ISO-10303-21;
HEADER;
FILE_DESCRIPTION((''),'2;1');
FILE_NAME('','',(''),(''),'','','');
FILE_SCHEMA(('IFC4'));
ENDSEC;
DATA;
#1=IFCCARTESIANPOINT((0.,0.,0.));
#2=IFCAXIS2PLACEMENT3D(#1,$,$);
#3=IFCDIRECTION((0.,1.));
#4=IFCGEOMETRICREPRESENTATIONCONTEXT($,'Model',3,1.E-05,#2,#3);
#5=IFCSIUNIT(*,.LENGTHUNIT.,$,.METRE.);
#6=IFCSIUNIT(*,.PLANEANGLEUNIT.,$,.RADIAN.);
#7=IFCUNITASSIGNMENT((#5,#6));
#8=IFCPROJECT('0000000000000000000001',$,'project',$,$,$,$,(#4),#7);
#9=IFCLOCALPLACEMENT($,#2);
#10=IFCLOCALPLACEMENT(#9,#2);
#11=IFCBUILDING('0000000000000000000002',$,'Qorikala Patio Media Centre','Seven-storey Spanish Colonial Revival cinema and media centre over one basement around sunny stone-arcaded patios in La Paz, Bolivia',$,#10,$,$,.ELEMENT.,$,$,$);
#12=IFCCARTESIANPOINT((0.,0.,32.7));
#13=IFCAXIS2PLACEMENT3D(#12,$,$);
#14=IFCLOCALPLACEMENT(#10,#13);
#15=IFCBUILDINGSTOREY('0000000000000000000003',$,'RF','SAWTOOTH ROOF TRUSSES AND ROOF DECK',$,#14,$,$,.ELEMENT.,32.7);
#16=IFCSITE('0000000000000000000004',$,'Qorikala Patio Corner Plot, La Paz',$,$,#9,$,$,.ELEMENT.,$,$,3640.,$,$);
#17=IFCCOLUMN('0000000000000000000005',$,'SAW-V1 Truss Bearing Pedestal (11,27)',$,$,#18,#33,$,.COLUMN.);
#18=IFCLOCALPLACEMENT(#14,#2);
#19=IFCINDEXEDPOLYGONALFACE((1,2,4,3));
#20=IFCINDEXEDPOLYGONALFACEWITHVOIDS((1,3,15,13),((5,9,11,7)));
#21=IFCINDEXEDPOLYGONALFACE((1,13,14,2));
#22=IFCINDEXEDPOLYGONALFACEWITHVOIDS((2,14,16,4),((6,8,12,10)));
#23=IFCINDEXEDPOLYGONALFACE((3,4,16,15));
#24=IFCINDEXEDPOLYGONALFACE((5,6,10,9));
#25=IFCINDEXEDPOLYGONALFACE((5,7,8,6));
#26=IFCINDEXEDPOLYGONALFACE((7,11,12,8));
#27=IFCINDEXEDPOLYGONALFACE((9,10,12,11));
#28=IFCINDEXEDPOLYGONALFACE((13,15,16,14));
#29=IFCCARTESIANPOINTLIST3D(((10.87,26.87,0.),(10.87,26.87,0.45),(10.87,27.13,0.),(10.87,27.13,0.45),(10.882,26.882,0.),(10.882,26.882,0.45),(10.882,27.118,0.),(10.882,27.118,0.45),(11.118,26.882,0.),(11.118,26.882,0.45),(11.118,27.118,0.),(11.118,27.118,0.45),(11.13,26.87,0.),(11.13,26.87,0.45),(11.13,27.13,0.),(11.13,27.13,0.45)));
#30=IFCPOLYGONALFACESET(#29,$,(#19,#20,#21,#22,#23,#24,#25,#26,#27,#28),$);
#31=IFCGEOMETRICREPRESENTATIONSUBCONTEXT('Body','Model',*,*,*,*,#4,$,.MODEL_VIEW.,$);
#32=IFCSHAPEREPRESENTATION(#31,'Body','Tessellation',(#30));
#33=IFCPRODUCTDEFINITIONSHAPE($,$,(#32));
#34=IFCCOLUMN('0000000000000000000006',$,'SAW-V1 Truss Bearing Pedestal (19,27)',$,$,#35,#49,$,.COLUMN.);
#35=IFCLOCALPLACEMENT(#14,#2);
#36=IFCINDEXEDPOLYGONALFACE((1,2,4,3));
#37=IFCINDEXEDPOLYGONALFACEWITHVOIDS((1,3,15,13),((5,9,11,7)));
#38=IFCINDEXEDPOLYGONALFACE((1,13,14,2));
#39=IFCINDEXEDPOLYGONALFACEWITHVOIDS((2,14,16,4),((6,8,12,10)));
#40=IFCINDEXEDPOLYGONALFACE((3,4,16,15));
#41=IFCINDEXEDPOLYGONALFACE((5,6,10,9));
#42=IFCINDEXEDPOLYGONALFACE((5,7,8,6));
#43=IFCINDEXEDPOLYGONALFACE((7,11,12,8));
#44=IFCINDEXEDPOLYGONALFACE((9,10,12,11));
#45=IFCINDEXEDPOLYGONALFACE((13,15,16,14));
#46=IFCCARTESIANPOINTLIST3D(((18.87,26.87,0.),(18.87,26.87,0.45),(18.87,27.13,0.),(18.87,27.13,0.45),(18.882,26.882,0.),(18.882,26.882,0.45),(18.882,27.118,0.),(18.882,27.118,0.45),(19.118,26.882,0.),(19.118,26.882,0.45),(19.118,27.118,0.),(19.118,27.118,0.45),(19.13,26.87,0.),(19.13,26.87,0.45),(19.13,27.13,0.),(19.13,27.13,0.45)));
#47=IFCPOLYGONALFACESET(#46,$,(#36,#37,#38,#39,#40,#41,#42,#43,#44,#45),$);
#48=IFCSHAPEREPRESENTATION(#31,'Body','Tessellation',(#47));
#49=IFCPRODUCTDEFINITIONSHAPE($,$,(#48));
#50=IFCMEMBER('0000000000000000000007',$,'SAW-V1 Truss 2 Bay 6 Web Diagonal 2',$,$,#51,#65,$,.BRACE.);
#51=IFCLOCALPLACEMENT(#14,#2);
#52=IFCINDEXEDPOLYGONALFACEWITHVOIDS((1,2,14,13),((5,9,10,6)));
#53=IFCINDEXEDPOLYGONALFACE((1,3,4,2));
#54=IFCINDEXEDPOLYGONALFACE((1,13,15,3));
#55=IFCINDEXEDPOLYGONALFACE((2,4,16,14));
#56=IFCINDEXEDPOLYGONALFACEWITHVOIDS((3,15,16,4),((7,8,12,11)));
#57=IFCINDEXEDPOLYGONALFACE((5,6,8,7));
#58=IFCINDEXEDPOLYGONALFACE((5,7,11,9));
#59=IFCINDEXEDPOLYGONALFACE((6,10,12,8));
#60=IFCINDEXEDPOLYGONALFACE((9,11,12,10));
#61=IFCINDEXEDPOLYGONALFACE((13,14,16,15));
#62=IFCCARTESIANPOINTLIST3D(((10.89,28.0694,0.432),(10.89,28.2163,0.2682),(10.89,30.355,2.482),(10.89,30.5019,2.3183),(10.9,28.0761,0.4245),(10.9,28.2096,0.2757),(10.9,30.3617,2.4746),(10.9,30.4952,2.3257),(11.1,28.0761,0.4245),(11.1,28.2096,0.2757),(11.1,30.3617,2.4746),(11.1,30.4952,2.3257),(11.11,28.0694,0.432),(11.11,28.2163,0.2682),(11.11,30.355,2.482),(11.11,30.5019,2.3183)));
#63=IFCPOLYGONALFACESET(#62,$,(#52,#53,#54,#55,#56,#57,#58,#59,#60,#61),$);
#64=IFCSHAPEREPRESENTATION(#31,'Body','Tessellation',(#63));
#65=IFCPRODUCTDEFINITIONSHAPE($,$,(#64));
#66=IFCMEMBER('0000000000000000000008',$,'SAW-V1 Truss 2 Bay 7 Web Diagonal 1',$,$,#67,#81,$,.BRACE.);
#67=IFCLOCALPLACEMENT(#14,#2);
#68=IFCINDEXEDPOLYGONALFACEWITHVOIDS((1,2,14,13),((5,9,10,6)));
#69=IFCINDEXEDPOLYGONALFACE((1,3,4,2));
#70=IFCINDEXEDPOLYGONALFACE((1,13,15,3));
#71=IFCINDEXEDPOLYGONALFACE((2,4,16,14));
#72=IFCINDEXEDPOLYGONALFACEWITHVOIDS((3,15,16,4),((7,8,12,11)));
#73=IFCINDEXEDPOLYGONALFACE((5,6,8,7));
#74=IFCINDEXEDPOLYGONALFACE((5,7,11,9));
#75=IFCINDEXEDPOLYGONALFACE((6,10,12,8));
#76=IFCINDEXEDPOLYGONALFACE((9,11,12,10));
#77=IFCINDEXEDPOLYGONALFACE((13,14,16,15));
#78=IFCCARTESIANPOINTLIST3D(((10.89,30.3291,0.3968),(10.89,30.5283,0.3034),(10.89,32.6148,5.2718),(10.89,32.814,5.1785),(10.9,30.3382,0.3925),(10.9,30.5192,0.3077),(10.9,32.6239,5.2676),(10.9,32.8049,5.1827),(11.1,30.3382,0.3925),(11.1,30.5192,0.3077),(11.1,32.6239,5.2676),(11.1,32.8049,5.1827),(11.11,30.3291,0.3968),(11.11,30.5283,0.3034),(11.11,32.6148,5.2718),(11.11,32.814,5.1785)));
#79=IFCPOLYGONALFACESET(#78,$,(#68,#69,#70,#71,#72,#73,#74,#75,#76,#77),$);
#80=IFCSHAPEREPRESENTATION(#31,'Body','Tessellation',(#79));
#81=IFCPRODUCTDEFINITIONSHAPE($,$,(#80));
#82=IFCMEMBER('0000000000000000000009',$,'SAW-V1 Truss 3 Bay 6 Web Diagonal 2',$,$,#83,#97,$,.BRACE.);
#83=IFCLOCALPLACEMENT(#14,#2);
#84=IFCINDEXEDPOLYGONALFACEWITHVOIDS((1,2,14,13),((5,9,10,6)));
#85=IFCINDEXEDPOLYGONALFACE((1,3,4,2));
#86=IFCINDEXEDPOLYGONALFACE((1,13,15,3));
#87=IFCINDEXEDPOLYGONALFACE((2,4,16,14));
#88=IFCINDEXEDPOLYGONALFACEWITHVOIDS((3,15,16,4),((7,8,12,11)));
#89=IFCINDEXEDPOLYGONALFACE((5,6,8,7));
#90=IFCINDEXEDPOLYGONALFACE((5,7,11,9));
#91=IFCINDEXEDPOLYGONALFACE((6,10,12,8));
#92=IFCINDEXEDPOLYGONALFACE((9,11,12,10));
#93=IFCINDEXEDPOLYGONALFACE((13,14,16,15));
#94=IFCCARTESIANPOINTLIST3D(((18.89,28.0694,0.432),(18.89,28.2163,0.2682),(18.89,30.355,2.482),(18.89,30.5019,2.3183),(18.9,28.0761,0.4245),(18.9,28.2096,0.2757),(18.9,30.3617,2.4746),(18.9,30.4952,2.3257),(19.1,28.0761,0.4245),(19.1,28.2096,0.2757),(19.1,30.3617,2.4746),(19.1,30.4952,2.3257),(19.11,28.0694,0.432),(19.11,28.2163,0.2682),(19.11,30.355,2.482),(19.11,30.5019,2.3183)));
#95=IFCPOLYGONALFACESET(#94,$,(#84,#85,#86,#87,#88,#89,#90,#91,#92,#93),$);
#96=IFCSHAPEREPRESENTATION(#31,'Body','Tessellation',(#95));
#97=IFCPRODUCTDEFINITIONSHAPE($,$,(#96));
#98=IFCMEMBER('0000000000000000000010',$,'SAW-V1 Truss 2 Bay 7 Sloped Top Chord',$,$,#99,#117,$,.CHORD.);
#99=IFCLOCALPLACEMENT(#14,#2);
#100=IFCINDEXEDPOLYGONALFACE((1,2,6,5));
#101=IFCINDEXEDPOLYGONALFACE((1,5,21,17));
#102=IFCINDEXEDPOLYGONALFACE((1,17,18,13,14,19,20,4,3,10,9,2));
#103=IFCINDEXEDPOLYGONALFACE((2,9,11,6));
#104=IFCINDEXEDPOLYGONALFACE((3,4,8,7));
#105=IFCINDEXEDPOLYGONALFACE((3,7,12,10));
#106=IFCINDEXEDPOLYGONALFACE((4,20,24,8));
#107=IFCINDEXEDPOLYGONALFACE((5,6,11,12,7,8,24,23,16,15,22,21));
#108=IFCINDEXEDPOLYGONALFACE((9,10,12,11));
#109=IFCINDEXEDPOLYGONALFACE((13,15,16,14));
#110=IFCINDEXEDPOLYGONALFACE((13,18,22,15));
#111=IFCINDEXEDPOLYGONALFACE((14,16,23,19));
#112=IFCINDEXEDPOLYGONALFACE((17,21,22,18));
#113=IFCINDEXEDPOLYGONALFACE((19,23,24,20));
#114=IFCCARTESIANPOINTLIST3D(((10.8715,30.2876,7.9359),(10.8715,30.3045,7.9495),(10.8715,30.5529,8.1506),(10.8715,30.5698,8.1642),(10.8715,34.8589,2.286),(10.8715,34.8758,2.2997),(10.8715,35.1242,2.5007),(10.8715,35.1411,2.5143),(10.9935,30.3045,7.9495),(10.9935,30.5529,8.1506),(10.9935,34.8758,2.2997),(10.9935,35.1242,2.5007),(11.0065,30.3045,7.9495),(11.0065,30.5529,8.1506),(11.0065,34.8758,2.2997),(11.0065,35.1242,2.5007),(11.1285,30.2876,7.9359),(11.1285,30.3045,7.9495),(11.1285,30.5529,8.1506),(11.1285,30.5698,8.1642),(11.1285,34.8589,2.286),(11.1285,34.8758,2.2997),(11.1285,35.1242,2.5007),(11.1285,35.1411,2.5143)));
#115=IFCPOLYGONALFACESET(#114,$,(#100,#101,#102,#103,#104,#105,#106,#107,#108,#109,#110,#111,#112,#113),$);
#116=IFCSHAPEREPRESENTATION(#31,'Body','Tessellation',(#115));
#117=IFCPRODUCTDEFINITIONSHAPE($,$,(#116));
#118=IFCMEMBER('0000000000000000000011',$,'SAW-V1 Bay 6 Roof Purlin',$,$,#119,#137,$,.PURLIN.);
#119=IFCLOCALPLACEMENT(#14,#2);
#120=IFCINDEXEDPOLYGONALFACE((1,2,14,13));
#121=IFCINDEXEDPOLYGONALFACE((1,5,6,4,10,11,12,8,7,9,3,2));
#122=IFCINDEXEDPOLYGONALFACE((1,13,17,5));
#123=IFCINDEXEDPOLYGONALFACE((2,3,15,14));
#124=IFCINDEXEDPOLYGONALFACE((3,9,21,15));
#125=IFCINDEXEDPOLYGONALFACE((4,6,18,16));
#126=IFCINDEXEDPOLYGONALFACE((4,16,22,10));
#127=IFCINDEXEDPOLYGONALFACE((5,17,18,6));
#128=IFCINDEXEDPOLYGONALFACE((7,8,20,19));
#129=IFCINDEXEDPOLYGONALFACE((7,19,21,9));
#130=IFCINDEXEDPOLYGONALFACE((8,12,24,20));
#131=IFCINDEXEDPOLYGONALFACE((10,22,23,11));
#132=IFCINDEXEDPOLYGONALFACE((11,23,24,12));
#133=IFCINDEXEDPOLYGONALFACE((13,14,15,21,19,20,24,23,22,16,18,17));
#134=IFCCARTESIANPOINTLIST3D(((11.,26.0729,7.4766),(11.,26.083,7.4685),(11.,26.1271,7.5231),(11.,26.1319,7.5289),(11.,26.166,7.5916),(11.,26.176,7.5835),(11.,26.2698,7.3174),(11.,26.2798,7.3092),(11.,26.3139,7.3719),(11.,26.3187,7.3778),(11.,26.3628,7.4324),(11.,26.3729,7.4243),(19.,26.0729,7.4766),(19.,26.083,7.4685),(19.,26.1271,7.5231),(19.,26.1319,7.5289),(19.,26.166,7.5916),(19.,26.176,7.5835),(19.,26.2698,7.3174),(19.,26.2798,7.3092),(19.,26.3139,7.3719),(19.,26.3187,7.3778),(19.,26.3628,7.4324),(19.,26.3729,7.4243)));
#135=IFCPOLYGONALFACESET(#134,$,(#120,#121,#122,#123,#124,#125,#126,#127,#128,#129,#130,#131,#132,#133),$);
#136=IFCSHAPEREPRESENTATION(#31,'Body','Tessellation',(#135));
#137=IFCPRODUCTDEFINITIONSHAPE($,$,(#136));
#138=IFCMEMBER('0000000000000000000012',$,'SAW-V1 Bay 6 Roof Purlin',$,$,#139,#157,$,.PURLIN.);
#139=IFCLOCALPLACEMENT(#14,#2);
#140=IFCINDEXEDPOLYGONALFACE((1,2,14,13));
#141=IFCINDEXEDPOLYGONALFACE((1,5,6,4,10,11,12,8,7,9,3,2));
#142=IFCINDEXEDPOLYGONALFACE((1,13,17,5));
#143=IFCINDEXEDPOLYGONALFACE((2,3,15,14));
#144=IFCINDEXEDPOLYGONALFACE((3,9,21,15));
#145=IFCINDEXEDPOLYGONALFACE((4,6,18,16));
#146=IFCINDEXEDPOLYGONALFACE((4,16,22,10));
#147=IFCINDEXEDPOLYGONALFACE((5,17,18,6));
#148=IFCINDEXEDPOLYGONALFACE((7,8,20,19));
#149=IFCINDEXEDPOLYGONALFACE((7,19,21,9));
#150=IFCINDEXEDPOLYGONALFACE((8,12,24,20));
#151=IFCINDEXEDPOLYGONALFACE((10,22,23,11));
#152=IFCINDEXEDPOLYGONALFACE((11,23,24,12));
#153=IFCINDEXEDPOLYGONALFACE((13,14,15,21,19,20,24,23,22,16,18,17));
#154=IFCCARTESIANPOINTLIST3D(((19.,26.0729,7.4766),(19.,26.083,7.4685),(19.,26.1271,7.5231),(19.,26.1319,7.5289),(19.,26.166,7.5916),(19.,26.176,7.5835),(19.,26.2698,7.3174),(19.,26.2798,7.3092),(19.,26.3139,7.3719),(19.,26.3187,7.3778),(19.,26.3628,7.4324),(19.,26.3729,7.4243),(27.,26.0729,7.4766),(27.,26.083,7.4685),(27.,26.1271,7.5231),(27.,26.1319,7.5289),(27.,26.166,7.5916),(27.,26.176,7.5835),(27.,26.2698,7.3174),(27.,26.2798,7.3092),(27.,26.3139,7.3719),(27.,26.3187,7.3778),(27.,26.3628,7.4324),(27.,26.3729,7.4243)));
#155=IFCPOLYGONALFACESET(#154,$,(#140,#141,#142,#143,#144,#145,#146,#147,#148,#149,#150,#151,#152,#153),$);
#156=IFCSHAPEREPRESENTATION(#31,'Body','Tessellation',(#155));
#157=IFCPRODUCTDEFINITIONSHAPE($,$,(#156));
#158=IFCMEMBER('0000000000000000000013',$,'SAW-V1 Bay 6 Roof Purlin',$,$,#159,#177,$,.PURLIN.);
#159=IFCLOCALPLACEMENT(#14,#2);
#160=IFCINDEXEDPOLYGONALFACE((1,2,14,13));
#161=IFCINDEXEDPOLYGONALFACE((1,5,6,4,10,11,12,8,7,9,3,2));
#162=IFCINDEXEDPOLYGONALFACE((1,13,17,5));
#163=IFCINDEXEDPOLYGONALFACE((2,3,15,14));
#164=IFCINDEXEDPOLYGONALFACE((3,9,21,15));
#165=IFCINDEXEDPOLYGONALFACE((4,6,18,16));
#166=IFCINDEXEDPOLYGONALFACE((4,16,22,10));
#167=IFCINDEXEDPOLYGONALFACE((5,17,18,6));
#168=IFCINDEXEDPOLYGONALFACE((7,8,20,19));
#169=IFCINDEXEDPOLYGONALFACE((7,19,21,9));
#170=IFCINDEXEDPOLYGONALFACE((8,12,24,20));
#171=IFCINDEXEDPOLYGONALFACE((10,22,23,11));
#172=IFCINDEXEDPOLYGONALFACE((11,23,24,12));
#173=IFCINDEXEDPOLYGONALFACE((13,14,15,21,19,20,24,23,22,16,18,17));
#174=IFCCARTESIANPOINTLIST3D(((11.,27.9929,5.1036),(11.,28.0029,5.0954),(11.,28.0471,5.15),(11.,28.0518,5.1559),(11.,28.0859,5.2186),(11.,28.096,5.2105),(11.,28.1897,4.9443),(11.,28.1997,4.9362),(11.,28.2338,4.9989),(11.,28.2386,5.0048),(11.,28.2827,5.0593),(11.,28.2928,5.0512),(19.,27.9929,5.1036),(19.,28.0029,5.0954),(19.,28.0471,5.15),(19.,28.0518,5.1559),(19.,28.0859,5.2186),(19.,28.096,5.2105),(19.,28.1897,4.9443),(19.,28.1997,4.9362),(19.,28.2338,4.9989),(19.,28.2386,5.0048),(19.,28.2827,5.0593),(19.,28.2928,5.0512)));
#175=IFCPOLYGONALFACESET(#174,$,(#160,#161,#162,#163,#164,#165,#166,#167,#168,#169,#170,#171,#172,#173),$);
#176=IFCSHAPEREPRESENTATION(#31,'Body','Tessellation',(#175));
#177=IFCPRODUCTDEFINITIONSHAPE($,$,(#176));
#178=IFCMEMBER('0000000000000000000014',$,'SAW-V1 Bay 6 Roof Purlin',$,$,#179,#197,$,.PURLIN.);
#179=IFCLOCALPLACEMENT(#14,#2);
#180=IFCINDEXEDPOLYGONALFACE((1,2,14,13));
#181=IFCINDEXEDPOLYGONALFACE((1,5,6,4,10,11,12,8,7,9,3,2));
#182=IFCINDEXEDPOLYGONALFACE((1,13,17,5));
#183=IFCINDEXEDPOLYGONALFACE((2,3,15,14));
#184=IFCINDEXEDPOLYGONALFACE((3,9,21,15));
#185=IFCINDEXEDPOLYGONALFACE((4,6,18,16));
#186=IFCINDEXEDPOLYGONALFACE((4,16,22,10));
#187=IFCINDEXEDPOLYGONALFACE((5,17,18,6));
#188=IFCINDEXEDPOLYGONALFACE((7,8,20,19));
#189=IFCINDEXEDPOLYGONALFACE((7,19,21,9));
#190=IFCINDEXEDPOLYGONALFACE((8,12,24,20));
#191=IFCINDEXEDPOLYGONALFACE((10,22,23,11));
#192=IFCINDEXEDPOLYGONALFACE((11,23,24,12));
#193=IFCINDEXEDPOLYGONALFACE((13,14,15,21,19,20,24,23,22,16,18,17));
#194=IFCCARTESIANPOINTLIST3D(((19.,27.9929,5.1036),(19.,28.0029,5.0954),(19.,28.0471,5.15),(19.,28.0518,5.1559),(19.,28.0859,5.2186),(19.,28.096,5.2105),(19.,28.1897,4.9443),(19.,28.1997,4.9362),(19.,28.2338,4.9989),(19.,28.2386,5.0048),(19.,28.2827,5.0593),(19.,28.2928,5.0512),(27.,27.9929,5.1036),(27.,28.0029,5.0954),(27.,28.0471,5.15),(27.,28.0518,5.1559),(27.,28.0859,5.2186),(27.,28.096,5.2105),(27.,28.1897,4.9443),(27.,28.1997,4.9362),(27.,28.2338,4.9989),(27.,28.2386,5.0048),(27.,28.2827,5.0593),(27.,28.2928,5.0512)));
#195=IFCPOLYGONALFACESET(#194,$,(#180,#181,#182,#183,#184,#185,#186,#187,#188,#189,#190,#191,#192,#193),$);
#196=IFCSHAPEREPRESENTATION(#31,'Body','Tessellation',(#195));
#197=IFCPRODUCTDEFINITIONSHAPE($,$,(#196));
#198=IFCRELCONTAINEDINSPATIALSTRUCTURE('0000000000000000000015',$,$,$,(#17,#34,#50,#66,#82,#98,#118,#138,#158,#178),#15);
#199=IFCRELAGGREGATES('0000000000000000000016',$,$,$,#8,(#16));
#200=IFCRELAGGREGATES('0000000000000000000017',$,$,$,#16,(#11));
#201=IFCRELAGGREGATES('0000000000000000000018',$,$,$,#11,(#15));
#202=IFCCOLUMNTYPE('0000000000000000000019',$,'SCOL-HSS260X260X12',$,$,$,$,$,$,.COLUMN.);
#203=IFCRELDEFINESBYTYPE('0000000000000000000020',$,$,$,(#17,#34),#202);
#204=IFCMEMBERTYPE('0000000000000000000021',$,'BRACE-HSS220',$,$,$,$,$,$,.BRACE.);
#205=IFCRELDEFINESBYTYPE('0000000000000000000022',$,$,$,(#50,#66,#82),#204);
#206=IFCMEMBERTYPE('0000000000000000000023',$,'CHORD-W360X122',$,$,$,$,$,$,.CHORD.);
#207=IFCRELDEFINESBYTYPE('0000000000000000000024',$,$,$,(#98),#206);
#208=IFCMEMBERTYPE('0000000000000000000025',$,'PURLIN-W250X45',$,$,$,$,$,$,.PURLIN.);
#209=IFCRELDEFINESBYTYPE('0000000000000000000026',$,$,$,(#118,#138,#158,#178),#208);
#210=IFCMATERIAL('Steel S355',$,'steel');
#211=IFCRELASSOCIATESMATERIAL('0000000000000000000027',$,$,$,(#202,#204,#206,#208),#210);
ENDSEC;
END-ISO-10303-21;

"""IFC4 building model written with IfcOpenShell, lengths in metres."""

from ifc_helpers import new_model, si_unit, direction, frame, origin, origin_2d, place, context, subcontext, project, spatial, hollow_rectangle, i_section, extrude, material, material_profile, profile_set, type_object, element, save


model = new_model("IFC4")

# Units and contexts
model_context = context("Model", 3, precision=1e-05, world=origin(), true_north=direction((0.0, 1.0)))
body_context = subcontext(model_context, "Body", "Model", "MODEL_VIEW")
ifc_project = project(units=[si_unit("LENGTHUNIT", "METRE"), si_unit("PLANEANGLEUNIT", "RADIAN")], contexts=[model_context])

# Site, building, storey
site_placement = place(None, origin())
site = spatial("IfcSite", under=ifc_project, at=site_placement, Name="Qorikala Patio Corner Plot, La Paz", CompositionType="ELEMENT", RefElevation=3640.0)
building_placement = place(site_placement, origin())
building = spatial("IfcBuilding", under=site, at=building_placement, Name="Qorikala Patio Media Centre", Description="Seven-storey Spanish Colonial Revival cinema and media centre over one basement around sunny stone-arcaded patios in La Paz, Bolivia", CompositionType="ELEMENT")
storey_placement = place(building_placement, frame((0.0, 0.0, 32.7)))
storey = spatial("IfcBuildingStorey", under=building, at=storey_placement, Name="RF", Description="SAWTOOTH ROOF TRUSSES AND ROOF DECK", CompositionType="ELEMENT", Elevation=32.7)

# Columns
ifc_material_1 = material(Name="Steel S355", Category="steel")
ifc_material_profile_1 = material_profile(ifc_material_1, hollow_rectangle(XDim=0.26, YDim=0.26, WallThickness=0.012, at=origin_2d()), Name="HSS260X260X12")
ifc_profile_set_1 = profile_set([ifc_material_profile_1], Name="Steel S355")
column_type = type_object("IfcColumnType", Name="SCOL-HSS260X260X12", PredefinedType="COLUMN", material=ifc_profile_set_1)
for number, where, z_axis, x_axis, name in (
    (1, (11.0, 27.0, 0.0), (0.0, 0.0, 1.0), (1.0, 0.0, 0.0), "SAW-V1 Truss Bearing Pedestal (11,27)"),
    (2, (19.0, 27.0, 0.0), (0.0, 0.0, 1.0), (1.0, 0.0, 0.0), "SAW-V1 Truss Bearing Pedestal (19,27)"),
):
    element("IfcColumn", number, at=place(storey_placement, frame(where, z_axis=z_axis, x_axis=x_axis)), inside=storey, type_object=column_type, Name=name, PredefinedType="COLUMN", context=body_context, shape_type="SweptSolid", body=[
        extrude(hollow_rectangle(XDim=0.26, YDim=0.26, WallThickness=0.012, at=origin_2d()), origin(), (0.0, 0.0, 1.0), 0.45),
    ])

# Members
ifc_material_profile_2 = material_profile(ifc_material_1, hollow_rectangle(XDim=0.22, YDim=0.22, WallThickness=0.01, at=origin_2d()), Name="HSS220X220X10")
ifc_profile_set_2 = profile_set([ifc_material_profile_2], Name="Steel S355")
member_type_1 = type_object("IfcMemberType", Name="BRACE-HSS220", PredefinedType="BRACE", material=ifc_profile_set_2)
member_1_placement = place(storey_placement, frame((11.0, 28.1428, 0.3501), z_axis=(0.0, 0.744432, 0.667699), x_axis=(-1.0, 0.0, 0.0)))
element("IfcMember", 3, at=member_1_placement, inside=storey, type_object=member_type_1, Name="SAW-V1 Truss 2 Bay 6 Web Diagonal 2", PredefinedType="BRACE", context=body_context, shape_type="SweptSolid", body=[
    extrude(hollow_rectangle(XDim=0.22, YDim=0.22, WallThickness=0.01, at=origin_2d()), origin(), (0.0, 0.0, 1.0), 3.0703),
])
member_2_placement = place(storey_placement, frame((11.0, 30.4287, 0.3501), z_axis=(0.0, 0.424508, 0.905424), x_axis=(-1.0, 0.0, 0.0)))
element("IfcMember", 4, at=member_2_placement, inside=storey, type_object=member_type_1, Name="SAW-V1 Truss 2 Bay 7 Web Diagonal 1", PredefinedType="BRACE", context=body_context, shape_type="SweptSolid", body=[
    extrude(hollow_rectangle(XDim=0.22, YDim=0.22, WallThickness=0.01, at=origin_2d()), origin(), (0.0, 0.0, 1.0), 5.3843),
])
member_3_placement = place(storey_placement, frame((19.0, 28.1428, 0.3501), z_axis=(0.0, 0.744432, 0.667699), x_axis=(-1.0, 0.0, 0.0)))
element("IfcMember", 5, at=member_3_placement, inside=storey, type_object=member_type_1, Name="SAW-V1 Truss 3 Bay 6 Web Diagonal 2", PredefinedType="BRACE", context=body_context, shape_type="SweptSolid", body=[
    extrude(hollow_rectangle(XDim=0.22, YDim=0.22, WallThickness=0.01, at=origin_2d()), origin(), (0.0, 0.0, 1.0), 3.0703),
])
ifc_material_profile_3 = material_profile(ifc_material_1, i_section(OverallWidth=0.2571, OverallDepth=0.363, WebThickness=0.0129, FlangeThickness=0.0217, at=origin_2d()), Name="W360X122")
ifc_profile_set_3 = profile_set([ifc_material_profile_3], Name="Steel S355")
member_type_2 = type_object("IfcMemberType", Name="CHORD-W360X122", PredefinedType="CHORD", material=ifc_profile_set_3)
member_4_placement = place(storey_placement, frame((11.0, 30.4287, 8.05), z_axis=(0.0, 0.628995, -0.777409), x_axis=(-1.0, 0.0, 0.0)))
element("IfcMember", 6, at=member_4_placement, inside=storey, type_object=member_type_2, Name="SAW-V1 Truss 2 Bay 7 Sloped Top Chord", PredefinedType="CHORD", context=body_context, shape_type="SweptSolid", body=[
    extrude(i_section(OverallWidth=0.2571, OverallDepth=0.363, WebThickness=0.0129, FlangeThickness=0.0217, at=origin_2d()), origin(), (0.0, 0.0, 1.0), 7.2676),
])
ifc_material_profile_4 = material_profile(ifc_material_1, i_section(OverallWidth=0.1479, OverallDepth=0.2661, WebThickness=0.0076, FlangeThickness=0.0129, at=origin_2d()), Name="W250X45")
ifc_profile_set_4 = profile_set([ifc_material_profile_4], Name="Steel S355")
member_type_3 = type_object("IfcMemberType", Name="PURLIN-W250X45", PredefinedType="PURLIN", material=ifc_profile_set_4)
for number, where, z_axis, x_axis, name in (
    (7, (11.0, 26.2229, 7.4504), (1.0, 0.0, 0.0), (0.0, 0.628995, 0.77741), "SAW-V1 Bay 6 Roof Purlin"),
    (8, (19.0, 26.2229, 7.4504), (1.0, 0.0, 0.0), (0.0, 0.628995, 0.77741), "SAW-V1 Bay 6 Roof Purlin"),
    (9, (11.0, 28.1428, 5.0774), (1.0, 0.0, 0.0), (0.0, 0.628995, 0.77741), "SAW-V1 Bay 6 Roof Purlin"),
    (10, (19.0, 28.1428, 5.0774), (1.0, 0.0, 0.0), (0.0, 0.628995, 0.77741), "SAW-V1 Bay 6 Roof Purlin"),
):
    element("IfcMember", number, at=place(storey_placement, frame(where, z_axis=z_axis, x_axis=x_axis)), inside=storey, type_object=member_type_3, Name=name, PredefinedType="PURLIN", context=body_context, shape_type="SweptSolid", body=[
        extrude(i_section(OverallWidth=0.1479, OverallDepth=0.2661, WebThickness=0.0076, FlangeThickness=0.0129, at=origin_2d()), origin(), (0.0, 0.0, 1.0), 8.0),
    ])

save(model, "model.ifc")
